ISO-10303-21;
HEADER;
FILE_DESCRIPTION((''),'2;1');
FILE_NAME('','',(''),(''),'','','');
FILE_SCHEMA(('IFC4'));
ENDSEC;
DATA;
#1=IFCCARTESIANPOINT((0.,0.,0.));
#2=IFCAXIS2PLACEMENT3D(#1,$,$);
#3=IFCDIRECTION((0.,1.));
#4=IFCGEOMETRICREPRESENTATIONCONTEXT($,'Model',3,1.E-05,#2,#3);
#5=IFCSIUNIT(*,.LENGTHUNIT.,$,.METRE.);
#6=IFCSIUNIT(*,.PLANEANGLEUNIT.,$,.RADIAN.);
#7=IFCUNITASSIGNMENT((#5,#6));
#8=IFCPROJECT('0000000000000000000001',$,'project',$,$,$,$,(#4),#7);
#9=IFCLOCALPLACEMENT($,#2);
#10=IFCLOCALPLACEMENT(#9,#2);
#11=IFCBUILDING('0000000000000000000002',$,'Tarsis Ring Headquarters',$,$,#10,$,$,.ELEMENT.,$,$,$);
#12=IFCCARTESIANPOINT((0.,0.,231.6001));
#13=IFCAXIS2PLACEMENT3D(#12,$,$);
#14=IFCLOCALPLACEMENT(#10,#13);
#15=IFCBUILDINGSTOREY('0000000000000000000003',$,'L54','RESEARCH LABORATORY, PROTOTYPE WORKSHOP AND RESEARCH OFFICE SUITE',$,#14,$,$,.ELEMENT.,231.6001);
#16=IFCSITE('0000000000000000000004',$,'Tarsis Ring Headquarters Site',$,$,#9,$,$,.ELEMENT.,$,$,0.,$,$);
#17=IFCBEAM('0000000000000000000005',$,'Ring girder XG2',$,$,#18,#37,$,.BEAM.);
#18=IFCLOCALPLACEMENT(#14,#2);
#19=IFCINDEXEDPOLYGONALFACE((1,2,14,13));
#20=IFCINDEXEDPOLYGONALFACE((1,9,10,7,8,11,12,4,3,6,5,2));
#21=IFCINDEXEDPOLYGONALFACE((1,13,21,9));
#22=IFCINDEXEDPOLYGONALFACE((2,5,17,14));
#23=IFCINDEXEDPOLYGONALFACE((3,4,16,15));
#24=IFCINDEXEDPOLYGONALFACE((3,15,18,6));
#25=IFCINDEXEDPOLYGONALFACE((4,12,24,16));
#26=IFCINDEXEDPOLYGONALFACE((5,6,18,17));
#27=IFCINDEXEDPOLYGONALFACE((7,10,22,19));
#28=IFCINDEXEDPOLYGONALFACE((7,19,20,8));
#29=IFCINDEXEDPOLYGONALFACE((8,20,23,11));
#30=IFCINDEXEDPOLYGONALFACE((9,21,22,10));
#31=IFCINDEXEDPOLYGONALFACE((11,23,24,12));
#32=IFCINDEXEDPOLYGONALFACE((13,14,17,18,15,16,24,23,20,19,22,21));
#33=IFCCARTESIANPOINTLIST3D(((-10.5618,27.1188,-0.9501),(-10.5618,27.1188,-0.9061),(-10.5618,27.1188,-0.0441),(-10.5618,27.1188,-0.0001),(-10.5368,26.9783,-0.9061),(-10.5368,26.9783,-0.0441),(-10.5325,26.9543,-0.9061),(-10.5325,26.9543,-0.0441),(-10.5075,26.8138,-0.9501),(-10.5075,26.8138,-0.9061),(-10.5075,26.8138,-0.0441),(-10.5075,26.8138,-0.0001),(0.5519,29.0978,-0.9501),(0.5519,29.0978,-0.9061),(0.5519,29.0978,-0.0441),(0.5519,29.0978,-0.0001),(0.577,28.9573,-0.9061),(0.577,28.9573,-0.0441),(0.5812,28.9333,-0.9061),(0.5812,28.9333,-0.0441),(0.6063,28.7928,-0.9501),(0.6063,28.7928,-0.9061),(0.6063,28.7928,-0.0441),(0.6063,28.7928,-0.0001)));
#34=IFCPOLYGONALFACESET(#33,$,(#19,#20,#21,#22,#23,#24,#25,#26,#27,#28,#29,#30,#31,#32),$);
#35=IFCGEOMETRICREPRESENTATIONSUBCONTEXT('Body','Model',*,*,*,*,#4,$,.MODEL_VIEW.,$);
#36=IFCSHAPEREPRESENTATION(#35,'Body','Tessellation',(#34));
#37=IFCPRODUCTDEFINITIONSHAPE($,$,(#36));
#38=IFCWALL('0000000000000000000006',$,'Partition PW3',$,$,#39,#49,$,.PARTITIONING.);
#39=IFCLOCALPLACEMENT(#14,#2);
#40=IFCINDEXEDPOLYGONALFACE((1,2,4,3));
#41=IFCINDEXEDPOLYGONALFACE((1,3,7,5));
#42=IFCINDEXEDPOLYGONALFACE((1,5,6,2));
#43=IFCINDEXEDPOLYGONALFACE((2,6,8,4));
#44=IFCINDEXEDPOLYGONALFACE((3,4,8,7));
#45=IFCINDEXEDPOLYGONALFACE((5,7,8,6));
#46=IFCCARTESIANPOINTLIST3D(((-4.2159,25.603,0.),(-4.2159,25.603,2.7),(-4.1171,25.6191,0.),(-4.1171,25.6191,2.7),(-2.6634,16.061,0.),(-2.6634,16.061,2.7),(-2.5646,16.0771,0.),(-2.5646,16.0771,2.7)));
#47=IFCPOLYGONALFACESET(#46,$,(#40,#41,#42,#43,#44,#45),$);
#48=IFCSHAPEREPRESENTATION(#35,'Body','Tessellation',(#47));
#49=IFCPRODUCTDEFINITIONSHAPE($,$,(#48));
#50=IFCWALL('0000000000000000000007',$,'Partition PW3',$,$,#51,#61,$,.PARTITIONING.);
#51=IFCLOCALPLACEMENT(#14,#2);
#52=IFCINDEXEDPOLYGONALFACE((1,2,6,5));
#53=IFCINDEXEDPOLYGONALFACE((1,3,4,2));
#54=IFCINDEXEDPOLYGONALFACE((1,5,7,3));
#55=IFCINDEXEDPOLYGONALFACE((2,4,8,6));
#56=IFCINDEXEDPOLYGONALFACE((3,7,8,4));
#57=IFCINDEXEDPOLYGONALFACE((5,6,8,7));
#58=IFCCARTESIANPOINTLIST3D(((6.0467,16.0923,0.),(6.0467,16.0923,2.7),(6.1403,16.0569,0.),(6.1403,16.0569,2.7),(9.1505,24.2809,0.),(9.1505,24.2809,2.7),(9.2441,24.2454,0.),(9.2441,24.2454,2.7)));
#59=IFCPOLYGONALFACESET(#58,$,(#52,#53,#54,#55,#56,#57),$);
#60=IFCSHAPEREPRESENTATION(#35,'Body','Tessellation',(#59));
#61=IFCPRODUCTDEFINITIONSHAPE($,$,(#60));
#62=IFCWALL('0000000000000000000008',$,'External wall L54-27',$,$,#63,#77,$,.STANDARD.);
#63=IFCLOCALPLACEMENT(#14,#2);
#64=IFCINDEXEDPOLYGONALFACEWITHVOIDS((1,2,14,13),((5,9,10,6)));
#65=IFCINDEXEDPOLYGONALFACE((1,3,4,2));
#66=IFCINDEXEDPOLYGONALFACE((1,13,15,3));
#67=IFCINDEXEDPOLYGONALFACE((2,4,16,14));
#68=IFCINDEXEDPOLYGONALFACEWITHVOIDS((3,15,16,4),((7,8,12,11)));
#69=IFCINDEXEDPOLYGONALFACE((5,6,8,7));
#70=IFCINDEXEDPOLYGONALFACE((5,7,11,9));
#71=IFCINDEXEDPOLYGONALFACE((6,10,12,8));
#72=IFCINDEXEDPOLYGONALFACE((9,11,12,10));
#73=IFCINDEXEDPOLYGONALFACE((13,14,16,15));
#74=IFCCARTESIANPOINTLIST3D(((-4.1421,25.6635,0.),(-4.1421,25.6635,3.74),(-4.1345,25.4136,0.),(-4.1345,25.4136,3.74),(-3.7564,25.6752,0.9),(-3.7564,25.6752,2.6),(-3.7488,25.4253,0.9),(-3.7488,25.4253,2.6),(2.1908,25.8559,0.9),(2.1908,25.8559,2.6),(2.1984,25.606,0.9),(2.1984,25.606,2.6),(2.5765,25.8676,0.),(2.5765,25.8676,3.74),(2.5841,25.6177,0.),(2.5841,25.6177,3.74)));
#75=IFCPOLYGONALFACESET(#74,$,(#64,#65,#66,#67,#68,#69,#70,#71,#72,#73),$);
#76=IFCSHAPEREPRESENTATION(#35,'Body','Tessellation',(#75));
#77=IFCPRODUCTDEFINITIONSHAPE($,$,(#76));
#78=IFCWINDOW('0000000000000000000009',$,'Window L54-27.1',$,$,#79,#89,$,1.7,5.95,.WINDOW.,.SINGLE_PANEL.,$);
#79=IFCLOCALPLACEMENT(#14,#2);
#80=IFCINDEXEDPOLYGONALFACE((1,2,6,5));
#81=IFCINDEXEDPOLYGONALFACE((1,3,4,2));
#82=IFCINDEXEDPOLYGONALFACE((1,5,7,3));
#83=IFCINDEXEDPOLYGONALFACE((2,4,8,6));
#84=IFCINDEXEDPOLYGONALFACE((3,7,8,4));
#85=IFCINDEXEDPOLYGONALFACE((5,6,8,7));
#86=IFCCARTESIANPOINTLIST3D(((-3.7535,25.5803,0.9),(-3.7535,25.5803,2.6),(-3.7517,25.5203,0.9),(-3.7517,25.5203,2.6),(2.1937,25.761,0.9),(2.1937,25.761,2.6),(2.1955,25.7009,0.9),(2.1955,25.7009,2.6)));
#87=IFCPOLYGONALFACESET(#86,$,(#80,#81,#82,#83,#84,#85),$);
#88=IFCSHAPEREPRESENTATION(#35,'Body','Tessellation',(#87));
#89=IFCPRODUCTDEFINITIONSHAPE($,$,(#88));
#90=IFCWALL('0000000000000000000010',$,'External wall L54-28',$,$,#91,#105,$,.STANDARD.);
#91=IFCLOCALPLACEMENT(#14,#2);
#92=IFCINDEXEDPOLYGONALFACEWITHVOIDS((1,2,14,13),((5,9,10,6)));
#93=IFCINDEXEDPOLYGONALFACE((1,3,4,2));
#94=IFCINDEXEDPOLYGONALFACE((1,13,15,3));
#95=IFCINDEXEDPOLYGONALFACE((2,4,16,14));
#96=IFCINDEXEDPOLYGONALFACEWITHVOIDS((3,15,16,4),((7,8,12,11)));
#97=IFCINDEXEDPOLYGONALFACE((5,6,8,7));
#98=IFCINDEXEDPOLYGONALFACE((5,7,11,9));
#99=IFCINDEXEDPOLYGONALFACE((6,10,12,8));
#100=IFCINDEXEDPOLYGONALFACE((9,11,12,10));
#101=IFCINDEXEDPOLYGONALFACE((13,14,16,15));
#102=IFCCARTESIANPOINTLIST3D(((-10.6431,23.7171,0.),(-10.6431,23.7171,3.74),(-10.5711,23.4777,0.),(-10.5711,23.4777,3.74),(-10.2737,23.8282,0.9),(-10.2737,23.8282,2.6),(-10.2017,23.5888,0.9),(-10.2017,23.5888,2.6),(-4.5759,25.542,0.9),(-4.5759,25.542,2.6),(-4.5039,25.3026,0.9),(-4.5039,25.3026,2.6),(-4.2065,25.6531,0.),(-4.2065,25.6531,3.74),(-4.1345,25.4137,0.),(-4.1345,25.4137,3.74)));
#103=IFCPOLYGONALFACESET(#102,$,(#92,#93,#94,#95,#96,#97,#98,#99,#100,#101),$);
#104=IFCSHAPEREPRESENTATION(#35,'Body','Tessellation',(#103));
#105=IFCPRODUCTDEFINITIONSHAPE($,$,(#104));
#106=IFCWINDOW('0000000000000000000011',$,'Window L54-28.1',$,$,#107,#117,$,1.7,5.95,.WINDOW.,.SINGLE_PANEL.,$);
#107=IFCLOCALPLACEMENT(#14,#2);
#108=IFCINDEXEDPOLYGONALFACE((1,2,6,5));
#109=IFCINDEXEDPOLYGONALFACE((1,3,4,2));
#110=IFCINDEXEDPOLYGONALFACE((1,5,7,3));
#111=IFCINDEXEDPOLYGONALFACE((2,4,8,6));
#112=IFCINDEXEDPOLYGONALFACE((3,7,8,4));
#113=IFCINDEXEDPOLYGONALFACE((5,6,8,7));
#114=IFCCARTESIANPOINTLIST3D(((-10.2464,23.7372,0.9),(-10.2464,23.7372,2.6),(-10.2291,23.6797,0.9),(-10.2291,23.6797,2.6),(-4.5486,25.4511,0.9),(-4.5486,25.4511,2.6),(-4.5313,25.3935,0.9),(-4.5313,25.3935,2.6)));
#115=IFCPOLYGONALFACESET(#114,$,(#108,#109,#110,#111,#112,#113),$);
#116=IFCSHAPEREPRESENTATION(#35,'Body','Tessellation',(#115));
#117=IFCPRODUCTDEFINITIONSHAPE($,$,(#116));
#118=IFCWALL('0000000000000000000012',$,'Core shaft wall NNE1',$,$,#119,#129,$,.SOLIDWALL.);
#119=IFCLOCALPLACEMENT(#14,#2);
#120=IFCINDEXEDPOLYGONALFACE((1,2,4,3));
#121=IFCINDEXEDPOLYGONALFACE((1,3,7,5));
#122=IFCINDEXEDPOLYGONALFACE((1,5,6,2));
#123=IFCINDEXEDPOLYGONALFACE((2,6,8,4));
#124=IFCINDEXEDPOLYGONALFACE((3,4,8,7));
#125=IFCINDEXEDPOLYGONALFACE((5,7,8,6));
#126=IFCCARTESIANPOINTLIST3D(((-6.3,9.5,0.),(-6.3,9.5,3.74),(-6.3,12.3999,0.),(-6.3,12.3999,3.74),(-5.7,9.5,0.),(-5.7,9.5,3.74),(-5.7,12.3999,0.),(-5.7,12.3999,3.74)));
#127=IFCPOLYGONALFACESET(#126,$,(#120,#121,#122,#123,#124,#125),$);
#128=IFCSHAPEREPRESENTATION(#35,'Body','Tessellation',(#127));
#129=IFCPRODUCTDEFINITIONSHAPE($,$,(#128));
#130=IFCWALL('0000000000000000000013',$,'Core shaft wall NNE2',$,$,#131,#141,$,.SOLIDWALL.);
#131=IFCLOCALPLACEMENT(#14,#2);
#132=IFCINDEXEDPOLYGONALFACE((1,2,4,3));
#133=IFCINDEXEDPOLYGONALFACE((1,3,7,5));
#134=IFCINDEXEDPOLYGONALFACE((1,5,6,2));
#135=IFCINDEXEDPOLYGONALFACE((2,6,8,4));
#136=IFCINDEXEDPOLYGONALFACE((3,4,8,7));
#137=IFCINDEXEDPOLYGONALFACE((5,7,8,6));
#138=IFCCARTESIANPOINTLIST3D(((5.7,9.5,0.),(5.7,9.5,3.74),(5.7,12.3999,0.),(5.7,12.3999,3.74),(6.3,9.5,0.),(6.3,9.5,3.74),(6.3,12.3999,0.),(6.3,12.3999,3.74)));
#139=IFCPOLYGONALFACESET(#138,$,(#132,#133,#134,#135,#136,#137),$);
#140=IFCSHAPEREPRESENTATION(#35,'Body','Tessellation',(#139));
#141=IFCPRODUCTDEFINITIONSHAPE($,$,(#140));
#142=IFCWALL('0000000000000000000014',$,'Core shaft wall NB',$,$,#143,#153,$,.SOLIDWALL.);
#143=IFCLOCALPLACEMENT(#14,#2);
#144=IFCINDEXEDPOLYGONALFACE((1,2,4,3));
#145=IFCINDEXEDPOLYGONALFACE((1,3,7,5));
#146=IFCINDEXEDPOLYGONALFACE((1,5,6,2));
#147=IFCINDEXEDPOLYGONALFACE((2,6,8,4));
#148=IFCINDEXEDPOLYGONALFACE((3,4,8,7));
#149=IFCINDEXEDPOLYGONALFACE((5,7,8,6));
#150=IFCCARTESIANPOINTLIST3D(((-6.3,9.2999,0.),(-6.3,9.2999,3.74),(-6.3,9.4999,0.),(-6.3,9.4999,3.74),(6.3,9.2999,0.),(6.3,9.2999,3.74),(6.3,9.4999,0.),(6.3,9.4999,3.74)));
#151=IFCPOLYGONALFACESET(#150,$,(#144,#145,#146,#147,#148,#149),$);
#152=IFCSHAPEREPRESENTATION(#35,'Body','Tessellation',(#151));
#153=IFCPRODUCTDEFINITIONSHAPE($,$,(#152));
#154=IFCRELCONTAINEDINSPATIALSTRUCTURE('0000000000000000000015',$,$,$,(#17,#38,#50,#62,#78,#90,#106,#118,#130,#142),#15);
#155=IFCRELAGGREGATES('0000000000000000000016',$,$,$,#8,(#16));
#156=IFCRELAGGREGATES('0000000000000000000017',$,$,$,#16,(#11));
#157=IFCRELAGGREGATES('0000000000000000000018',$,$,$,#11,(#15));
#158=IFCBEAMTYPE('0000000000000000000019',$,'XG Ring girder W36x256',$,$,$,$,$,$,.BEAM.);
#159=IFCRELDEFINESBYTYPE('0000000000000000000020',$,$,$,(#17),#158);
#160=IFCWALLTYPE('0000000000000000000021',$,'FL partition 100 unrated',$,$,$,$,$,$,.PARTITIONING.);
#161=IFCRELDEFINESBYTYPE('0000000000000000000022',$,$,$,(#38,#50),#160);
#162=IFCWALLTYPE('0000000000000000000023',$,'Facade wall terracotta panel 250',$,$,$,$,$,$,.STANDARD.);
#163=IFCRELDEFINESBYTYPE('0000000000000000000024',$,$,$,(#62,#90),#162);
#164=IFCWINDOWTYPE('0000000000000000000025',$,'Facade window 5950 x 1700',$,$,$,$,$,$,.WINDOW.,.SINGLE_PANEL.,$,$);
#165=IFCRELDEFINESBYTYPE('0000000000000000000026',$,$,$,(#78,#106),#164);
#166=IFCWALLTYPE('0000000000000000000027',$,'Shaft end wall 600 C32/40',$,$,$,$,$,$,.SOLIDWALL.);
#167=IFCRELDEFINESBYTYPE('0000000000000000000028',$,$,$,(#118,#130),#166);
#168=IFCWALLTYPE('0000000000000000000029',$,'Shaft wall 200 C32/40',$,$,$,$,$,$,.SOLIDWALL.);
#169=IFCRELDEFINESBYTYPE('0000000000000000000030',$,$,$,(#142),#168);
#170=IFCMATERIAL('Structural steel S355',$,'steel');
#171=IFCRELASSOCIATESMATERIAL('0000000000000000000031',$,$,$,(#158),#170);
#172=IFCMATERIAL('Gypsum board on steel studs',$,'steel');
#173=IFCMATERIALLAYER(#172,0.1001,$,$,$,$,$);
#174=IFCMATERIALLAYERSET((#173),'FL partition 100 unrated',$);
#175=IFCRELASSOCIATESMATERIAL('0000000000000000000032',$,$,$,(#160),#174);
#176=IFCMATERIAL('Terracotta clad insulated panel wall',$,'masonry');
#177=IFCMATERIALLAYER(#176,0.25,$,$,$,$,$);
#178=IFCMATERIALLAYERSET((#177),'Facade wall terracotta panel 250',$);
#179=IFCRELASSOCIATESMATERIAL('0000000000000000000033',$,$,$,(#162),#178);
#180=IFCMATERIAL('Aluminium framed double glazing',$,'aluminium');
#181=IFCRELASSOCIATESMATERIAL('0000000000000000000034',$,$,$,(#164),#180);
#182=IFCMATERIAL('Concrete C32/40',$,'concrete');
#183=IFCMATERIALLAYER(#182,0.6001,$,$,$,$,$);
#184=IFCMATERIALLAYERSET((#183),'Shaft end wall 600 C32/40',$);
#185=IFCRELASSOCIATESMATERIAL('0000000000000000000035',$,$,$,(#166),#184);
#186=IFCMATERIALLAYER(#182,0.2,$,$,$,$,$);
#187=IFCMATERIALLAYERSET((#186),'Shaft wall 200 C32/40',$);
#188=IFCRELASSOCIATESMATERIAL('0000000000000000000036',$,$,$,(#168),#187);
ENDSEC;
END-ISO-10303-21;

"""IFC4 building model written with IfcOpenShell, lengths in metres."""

from ifc_helpers import new_model, si_unit, direction, frame, frame_2d, origin, origin_2d, place, context, subcontext, project, spatial, rectangle, i_section, extrude, material, layer, layer_set, material_profile, profile_set, type_object, element, fill, save


model = new_model("IFC4")

# Units and contexts
model_context = context("Model", 3, precision=1e-05, world=origin(), true_north=direction((0.0, 1.0)))
body_context = subcontext(model_context, "Body", "Model", "MODEL_VIEW")
ifc_project = project(units=[si_unit("LENGTHUNIT", "METRE"), si_unit("PLANEANGLEUNIT", "RADIAN")], contexts=[model_context])

# Site, building, storey
site_placement = place(None, origin())
site = spatial("IfcSite", under=ifc_project, at=site_placement, Name="Tarsis Ring Headquarters Site", CompositionType="ELEMENT", RefElevation=0.0)
building_placement = place(site_placement, origin())
building = spatial("IfcBuilding", under=site, at=building_placement, Name="Tarsis Ring Headquarters", CompositionType="ELEMENT")
storey_placement = place(building_placement, frame((0.0, 0.0, 231.6001)))
storey = spatial("IfcBuildingStorey", under=building, at=storey_placement, Name="L54", Description="RESEARCH LABORATORY, PROTOTYPE WORKSHOP AND RESEARCH OFFICE SUITE", CompositionType="ELEMENT", Elevation=231.6001)

# Shared definitions
ifc_material_1 = material(Name="Structural steel S355", Category="steel")

# Beam
ifc_material_profile_1 = material_profile(ifc_material_1, i_section(OverallWidth=0.3098, OverallDepth=0.95, WebThickness=0.0244, FlangeThickness=0.0439, at=origin_2d()), Name="W36x256")
ifc_profile_set_1 = profile_set([ifc_material_profile_1], Name="Structural steel S355")
beam_type_1 = type_object("IfcBeamType", Name="XG Ring girder W36x256", PredefinedType="BEAM", material=ifc_profile_set_1)
beam_1_placement = place(storey_placement, frame((0.5791, 28.9453, -0.4751), z_axis=(-0.984513, -0.17531, 0.0), x_axis=(0.17531, -0.984513, 0.0)))
element("IfcBeam", 1, at=beam_1_placement, inside=storey, type_object=beam_type_1, Name="Ring girder XG2", PredefinedType="BEAM", context=body_context, shape_type="SweptSolid", body=[
    extrude(i_section(OverallWidth=0.3098, OverallDepth=0.95, WebThickness=0.0244, FlangeThickness=0.0439, at=origin_2d()), origin(), (0.0, 0.0, 1.0), 11.2886),
])

# Walls
ifc_material_2 = material(Name="Gypsum board on steel studs", Category="steel")
ifc_layer_1 = layer(ifc_material_2, 0.1001)
ifc_layer_set_1 = layer_set([ifc_layer_1], Name="FL partition 100 unrated")
wall_type_1 = type_object("IfcWallType", Name="FL partition 100 unrated", PredefinedType="PARTITIONING", material=ifc_layer_set_1)
wall_1_placement = place(storey_placement, frame((-4.1665, 25.6111, 0.0), z_axis=(0.0, 0.0, 1.0), x_axis=(0.160589, -0.987021, 0.0)))
element("IfcWall", 2, at=wall_1_placement, inside=storey, type_object=wall_type_1, Name="Partition PW3", PredefinedType="PARTITIONING", context=body_context, shape_type="SweptSolid", body=[
    extrude(rectangle(XDim=9.6675, YDim=0.1001, at=frame_2d((4.8337, 0.0))), origin(), (0.0, 0.0, 1.0), 2.7),
])
wall_2_placement = place(storey_placement, frame((6.0935, 16.0747, 0.0), z_axis=(0.0, 0.0, 1.0), x_axis=(0.354433, 0.935081, 0.0)))
element("IfcWall", 3, at=wall_2_placement, inside=storey, type_object=wall_type_1, Name="Partition PW3", PredefinedType="PARTITIONING", context=body_context, shape_type="SweptSolid", body=[
    extrude(rectangle(XDim=8.7571, YDim=0.1001, at=frame_2d((4.3784, 0.0))), origin(), (0.0, 0.0, 1.0), 2.7),
])

# Walls, openings, windows
ifc_material_3 = material(Name="Terracotta clad insulated panel wall", Category="masonry")
ifc_layer_2 = layer(ifc_material_3, 0.25)
ifc_layer_set_2 = layer_set([ifc_layer_2], Name="Facade wall terracotta panel 250")
wall_type_2 = type_object("IfcWallType", Name="Facade wall terracotta panel 250", PredefinedType="STANDARD", material=ifc_layer_set_2)
wall_3_placement = place(storey_placement, frame((2.5803, 25.7427, 0.0), z_axis=(0.0, 0.0, 1.0), x_axis=(-0.999539, -0.030365, 0.0)))
wall_3 = element("IfcWall", 4, at=wall_3_placement, inside=storey, type_object=wall_type_2, Name="External wall L54-27", PredefinedType="STANDARD", context=body_context, shape_type="SweptSolid", body=[
    extrude(rectangle(XDim=6.7217, YDim=0.25, at=frame_2d((3.3608, 0.0))), origin(), (0.0, 0.0, 1.0), 3.74),
])
opening_1_placement = place(wall_3_placement, frame((0.3857, 0.0, 0.8999)))
opening_1 = element("IfcOpeningElement", 5, at=opening_1_placement, cuts=wall_3, PredefinedType="OPENING", context=body_context, shape_type="SweptSolid", body=[
    extrude(rectangle(XDim=5.95, YDim=1.7, at=frame_2d((2.9751, 0.8501))), frame((0.0, 0.135, 0.0), z_axis=(0.0, -1.0, 0.0), x_axis=(1.0, 0.0, 0.0)), (0.0, 0.0, 1.0), 0.27),
])
ifc_material_4 = material(Name="Aluminium framed double glazing", Category="aluminium")
window_type = type_object("IfcWindowType", Name="Facade window 5950 x 1700", PartitioningType="SINGLE_PANEL", PredefinedType="WINDOW", material=ifc_material_4)
window_1_placement = place(opening_1_placement, origin())
window_1 = element("IfcWindow", 6, at=window_1_placement, inside=storey, type_object=window_type, Name="Window L54-27.1", OverallHeight=1.7, OverallWidth=5.95, PartitioningType="SINGLE_PANEL", PredefinedType="WINDOW", context=body_context, shape_type="SweptSolid", body=[
    extrude(rectangle(XDim=5.95, YDim=1.7, at=frame_2d((2.9751, 0.8501))), frame((0.0, 0.03, 0.0), z_axis=(0.0, -1.0, 0.0), x_axis=(1.0, 0.0, 0.0)), (0.0, 0.0, 1.0), 0.0601),
])
fill(opening_1, window_1)
wall_4_placement = place(storey_placement, frame((-4.1704, 25.5334, 0.0), z_axis=(0.0, 0.0, 1.0), x_axis=(-0.957618, -0.288041, 0.0)))
wall_4 = element("IfcWall", 7, at=wall_4_placement, inside=storey, type_object=wall_type_2, Name="External wall L54-28", PredefinedType="STANDARD", context=body_context, shape_type="SweptSolid", body=[
    extrude(rectangle(XDim=6.7214, YDim=0.25, at=frame_2d((3.3608, 0.0))), origin(), (0.0, 0.0, 1.0), 3.74),
])
opening_2_placement = place(wall_4_placement, frame((0.3857, 0.0, 0.8999)))
opening_2 = element("IfcOpeningElement", 8, at=opening_2_placement, cuts=wall_4, PredefinedType="OPENING", context=body_context, shape_type="SweptSolid", body=[
    extrude(rectangle(XDim=5.95, YDim=1.7, at=frame_2d((2.9751, 0.8501))), frame((0.0, 0.135, 0.0), z_axis=(0.0, -1.0, 0.0), x_axis=(1.0, 0.0, 0.0)), (0.0, 0.0, 1.0), 0.27),
])
window_2_placement = place(opening_2_placement, origin())
window_2 = element("IfcWindow", 9, at=window_2_placement, inside=storey, type_object=window_type, Name="Window L54-28.1", OverallHeight=1.7, OverallWidth=5.95, PartitioningType="SINGLE_PANEL", PredefinedType="WINDOW", context=body_context, shape_type="SweptSolid", body=[
    extrude(rectangle(XDim=5.95, YDim=1.7, at=frame_2d((2.9751, 0.8501))), frame((0.0, 0.03, 0.0), z_axis=(0.0, -1.0, 0.0), x_axis=(1.0, 0.0, 0.0)), (0.0, 0.0, 1.0), 0.0601),
])
fill(opening_2, window_2)

# Walls
ifc_material_5 = material(Name="Concrete C32/40", Category="concrete")
ifc_layer_3 = layer(ifc_material_5, 0.6001)
ifc_layer_set_3 = layer_set([ifc_layer_3], Name="Shaft end wall 600 C32/40")
wall_type_3 = type_object("IfcWallType", Name="Shaft end wall 600 C32/40", PredefinedType="SOLIDWALL", material=ifc_layer_set_3)
for number, where, z_axis, x_axis, name in (
    (10, (-6.0, 9.5, 0.0), (0.0, 0.0, 1.0), (0.0, 1.0, 0.0), "Core shaft wall NNE1"),
    (11, (6.0, 9.5, 0.0), (0.0, 0.0, 1.0), (0.0, 1.0, 0.0), "Core shaft wall NNE2"),
):
    element("IfcWall", number, at=place(storey_placement, frame(where, z_axis=z_axis, x_axis=x_axis)), inside=storey, type_object=wall_type_3, Name=name, PredefinedType="SOLIDWALL", context=body_context, shape_type="SweptSolid", body=[
        extrude(rectangle(XDim=2.8999, YDim=0.6001, at=frame_2d((1.45, 0.0))), origin(), (0.0, 0.0, 1.0), 3.74),
    ])
ifc_layer_4 = layer(ifc_material_5, 0.2)
ifc_layer_set_4 = layer_set([ifc_layer_4], Name="Shaft wall 200 C32/40")
wall_type_4 = type_object("IfcWallType", Name="Shaft wall 200 C32/40", PredefinedType="SOLIDWALL", material=ifc_layer_set_4)
wall_5_placement = place(storey_placement, frame((-6.3, 9.3999, 0.0), z_axis=(0.0, 0.0, 1.0), x_axis=(1.0, 0.0, 0.0)))
element("IfcWall", 12, at=wall_5_placement, inside=storey, type_object=wall_type_4, Name="Core shaft wall NB", PredefinedType="SOLIDWALL", context=body_context, shape_type="SweptSolid", body=[
    extrude(rectangle(XDim=12.6001, YDim=0.2, at=frame_2d((6.3, 0.0))), origin(), (0.0, 0.0, 1.0), 3.74),
])

save(model, "model.ifc")
